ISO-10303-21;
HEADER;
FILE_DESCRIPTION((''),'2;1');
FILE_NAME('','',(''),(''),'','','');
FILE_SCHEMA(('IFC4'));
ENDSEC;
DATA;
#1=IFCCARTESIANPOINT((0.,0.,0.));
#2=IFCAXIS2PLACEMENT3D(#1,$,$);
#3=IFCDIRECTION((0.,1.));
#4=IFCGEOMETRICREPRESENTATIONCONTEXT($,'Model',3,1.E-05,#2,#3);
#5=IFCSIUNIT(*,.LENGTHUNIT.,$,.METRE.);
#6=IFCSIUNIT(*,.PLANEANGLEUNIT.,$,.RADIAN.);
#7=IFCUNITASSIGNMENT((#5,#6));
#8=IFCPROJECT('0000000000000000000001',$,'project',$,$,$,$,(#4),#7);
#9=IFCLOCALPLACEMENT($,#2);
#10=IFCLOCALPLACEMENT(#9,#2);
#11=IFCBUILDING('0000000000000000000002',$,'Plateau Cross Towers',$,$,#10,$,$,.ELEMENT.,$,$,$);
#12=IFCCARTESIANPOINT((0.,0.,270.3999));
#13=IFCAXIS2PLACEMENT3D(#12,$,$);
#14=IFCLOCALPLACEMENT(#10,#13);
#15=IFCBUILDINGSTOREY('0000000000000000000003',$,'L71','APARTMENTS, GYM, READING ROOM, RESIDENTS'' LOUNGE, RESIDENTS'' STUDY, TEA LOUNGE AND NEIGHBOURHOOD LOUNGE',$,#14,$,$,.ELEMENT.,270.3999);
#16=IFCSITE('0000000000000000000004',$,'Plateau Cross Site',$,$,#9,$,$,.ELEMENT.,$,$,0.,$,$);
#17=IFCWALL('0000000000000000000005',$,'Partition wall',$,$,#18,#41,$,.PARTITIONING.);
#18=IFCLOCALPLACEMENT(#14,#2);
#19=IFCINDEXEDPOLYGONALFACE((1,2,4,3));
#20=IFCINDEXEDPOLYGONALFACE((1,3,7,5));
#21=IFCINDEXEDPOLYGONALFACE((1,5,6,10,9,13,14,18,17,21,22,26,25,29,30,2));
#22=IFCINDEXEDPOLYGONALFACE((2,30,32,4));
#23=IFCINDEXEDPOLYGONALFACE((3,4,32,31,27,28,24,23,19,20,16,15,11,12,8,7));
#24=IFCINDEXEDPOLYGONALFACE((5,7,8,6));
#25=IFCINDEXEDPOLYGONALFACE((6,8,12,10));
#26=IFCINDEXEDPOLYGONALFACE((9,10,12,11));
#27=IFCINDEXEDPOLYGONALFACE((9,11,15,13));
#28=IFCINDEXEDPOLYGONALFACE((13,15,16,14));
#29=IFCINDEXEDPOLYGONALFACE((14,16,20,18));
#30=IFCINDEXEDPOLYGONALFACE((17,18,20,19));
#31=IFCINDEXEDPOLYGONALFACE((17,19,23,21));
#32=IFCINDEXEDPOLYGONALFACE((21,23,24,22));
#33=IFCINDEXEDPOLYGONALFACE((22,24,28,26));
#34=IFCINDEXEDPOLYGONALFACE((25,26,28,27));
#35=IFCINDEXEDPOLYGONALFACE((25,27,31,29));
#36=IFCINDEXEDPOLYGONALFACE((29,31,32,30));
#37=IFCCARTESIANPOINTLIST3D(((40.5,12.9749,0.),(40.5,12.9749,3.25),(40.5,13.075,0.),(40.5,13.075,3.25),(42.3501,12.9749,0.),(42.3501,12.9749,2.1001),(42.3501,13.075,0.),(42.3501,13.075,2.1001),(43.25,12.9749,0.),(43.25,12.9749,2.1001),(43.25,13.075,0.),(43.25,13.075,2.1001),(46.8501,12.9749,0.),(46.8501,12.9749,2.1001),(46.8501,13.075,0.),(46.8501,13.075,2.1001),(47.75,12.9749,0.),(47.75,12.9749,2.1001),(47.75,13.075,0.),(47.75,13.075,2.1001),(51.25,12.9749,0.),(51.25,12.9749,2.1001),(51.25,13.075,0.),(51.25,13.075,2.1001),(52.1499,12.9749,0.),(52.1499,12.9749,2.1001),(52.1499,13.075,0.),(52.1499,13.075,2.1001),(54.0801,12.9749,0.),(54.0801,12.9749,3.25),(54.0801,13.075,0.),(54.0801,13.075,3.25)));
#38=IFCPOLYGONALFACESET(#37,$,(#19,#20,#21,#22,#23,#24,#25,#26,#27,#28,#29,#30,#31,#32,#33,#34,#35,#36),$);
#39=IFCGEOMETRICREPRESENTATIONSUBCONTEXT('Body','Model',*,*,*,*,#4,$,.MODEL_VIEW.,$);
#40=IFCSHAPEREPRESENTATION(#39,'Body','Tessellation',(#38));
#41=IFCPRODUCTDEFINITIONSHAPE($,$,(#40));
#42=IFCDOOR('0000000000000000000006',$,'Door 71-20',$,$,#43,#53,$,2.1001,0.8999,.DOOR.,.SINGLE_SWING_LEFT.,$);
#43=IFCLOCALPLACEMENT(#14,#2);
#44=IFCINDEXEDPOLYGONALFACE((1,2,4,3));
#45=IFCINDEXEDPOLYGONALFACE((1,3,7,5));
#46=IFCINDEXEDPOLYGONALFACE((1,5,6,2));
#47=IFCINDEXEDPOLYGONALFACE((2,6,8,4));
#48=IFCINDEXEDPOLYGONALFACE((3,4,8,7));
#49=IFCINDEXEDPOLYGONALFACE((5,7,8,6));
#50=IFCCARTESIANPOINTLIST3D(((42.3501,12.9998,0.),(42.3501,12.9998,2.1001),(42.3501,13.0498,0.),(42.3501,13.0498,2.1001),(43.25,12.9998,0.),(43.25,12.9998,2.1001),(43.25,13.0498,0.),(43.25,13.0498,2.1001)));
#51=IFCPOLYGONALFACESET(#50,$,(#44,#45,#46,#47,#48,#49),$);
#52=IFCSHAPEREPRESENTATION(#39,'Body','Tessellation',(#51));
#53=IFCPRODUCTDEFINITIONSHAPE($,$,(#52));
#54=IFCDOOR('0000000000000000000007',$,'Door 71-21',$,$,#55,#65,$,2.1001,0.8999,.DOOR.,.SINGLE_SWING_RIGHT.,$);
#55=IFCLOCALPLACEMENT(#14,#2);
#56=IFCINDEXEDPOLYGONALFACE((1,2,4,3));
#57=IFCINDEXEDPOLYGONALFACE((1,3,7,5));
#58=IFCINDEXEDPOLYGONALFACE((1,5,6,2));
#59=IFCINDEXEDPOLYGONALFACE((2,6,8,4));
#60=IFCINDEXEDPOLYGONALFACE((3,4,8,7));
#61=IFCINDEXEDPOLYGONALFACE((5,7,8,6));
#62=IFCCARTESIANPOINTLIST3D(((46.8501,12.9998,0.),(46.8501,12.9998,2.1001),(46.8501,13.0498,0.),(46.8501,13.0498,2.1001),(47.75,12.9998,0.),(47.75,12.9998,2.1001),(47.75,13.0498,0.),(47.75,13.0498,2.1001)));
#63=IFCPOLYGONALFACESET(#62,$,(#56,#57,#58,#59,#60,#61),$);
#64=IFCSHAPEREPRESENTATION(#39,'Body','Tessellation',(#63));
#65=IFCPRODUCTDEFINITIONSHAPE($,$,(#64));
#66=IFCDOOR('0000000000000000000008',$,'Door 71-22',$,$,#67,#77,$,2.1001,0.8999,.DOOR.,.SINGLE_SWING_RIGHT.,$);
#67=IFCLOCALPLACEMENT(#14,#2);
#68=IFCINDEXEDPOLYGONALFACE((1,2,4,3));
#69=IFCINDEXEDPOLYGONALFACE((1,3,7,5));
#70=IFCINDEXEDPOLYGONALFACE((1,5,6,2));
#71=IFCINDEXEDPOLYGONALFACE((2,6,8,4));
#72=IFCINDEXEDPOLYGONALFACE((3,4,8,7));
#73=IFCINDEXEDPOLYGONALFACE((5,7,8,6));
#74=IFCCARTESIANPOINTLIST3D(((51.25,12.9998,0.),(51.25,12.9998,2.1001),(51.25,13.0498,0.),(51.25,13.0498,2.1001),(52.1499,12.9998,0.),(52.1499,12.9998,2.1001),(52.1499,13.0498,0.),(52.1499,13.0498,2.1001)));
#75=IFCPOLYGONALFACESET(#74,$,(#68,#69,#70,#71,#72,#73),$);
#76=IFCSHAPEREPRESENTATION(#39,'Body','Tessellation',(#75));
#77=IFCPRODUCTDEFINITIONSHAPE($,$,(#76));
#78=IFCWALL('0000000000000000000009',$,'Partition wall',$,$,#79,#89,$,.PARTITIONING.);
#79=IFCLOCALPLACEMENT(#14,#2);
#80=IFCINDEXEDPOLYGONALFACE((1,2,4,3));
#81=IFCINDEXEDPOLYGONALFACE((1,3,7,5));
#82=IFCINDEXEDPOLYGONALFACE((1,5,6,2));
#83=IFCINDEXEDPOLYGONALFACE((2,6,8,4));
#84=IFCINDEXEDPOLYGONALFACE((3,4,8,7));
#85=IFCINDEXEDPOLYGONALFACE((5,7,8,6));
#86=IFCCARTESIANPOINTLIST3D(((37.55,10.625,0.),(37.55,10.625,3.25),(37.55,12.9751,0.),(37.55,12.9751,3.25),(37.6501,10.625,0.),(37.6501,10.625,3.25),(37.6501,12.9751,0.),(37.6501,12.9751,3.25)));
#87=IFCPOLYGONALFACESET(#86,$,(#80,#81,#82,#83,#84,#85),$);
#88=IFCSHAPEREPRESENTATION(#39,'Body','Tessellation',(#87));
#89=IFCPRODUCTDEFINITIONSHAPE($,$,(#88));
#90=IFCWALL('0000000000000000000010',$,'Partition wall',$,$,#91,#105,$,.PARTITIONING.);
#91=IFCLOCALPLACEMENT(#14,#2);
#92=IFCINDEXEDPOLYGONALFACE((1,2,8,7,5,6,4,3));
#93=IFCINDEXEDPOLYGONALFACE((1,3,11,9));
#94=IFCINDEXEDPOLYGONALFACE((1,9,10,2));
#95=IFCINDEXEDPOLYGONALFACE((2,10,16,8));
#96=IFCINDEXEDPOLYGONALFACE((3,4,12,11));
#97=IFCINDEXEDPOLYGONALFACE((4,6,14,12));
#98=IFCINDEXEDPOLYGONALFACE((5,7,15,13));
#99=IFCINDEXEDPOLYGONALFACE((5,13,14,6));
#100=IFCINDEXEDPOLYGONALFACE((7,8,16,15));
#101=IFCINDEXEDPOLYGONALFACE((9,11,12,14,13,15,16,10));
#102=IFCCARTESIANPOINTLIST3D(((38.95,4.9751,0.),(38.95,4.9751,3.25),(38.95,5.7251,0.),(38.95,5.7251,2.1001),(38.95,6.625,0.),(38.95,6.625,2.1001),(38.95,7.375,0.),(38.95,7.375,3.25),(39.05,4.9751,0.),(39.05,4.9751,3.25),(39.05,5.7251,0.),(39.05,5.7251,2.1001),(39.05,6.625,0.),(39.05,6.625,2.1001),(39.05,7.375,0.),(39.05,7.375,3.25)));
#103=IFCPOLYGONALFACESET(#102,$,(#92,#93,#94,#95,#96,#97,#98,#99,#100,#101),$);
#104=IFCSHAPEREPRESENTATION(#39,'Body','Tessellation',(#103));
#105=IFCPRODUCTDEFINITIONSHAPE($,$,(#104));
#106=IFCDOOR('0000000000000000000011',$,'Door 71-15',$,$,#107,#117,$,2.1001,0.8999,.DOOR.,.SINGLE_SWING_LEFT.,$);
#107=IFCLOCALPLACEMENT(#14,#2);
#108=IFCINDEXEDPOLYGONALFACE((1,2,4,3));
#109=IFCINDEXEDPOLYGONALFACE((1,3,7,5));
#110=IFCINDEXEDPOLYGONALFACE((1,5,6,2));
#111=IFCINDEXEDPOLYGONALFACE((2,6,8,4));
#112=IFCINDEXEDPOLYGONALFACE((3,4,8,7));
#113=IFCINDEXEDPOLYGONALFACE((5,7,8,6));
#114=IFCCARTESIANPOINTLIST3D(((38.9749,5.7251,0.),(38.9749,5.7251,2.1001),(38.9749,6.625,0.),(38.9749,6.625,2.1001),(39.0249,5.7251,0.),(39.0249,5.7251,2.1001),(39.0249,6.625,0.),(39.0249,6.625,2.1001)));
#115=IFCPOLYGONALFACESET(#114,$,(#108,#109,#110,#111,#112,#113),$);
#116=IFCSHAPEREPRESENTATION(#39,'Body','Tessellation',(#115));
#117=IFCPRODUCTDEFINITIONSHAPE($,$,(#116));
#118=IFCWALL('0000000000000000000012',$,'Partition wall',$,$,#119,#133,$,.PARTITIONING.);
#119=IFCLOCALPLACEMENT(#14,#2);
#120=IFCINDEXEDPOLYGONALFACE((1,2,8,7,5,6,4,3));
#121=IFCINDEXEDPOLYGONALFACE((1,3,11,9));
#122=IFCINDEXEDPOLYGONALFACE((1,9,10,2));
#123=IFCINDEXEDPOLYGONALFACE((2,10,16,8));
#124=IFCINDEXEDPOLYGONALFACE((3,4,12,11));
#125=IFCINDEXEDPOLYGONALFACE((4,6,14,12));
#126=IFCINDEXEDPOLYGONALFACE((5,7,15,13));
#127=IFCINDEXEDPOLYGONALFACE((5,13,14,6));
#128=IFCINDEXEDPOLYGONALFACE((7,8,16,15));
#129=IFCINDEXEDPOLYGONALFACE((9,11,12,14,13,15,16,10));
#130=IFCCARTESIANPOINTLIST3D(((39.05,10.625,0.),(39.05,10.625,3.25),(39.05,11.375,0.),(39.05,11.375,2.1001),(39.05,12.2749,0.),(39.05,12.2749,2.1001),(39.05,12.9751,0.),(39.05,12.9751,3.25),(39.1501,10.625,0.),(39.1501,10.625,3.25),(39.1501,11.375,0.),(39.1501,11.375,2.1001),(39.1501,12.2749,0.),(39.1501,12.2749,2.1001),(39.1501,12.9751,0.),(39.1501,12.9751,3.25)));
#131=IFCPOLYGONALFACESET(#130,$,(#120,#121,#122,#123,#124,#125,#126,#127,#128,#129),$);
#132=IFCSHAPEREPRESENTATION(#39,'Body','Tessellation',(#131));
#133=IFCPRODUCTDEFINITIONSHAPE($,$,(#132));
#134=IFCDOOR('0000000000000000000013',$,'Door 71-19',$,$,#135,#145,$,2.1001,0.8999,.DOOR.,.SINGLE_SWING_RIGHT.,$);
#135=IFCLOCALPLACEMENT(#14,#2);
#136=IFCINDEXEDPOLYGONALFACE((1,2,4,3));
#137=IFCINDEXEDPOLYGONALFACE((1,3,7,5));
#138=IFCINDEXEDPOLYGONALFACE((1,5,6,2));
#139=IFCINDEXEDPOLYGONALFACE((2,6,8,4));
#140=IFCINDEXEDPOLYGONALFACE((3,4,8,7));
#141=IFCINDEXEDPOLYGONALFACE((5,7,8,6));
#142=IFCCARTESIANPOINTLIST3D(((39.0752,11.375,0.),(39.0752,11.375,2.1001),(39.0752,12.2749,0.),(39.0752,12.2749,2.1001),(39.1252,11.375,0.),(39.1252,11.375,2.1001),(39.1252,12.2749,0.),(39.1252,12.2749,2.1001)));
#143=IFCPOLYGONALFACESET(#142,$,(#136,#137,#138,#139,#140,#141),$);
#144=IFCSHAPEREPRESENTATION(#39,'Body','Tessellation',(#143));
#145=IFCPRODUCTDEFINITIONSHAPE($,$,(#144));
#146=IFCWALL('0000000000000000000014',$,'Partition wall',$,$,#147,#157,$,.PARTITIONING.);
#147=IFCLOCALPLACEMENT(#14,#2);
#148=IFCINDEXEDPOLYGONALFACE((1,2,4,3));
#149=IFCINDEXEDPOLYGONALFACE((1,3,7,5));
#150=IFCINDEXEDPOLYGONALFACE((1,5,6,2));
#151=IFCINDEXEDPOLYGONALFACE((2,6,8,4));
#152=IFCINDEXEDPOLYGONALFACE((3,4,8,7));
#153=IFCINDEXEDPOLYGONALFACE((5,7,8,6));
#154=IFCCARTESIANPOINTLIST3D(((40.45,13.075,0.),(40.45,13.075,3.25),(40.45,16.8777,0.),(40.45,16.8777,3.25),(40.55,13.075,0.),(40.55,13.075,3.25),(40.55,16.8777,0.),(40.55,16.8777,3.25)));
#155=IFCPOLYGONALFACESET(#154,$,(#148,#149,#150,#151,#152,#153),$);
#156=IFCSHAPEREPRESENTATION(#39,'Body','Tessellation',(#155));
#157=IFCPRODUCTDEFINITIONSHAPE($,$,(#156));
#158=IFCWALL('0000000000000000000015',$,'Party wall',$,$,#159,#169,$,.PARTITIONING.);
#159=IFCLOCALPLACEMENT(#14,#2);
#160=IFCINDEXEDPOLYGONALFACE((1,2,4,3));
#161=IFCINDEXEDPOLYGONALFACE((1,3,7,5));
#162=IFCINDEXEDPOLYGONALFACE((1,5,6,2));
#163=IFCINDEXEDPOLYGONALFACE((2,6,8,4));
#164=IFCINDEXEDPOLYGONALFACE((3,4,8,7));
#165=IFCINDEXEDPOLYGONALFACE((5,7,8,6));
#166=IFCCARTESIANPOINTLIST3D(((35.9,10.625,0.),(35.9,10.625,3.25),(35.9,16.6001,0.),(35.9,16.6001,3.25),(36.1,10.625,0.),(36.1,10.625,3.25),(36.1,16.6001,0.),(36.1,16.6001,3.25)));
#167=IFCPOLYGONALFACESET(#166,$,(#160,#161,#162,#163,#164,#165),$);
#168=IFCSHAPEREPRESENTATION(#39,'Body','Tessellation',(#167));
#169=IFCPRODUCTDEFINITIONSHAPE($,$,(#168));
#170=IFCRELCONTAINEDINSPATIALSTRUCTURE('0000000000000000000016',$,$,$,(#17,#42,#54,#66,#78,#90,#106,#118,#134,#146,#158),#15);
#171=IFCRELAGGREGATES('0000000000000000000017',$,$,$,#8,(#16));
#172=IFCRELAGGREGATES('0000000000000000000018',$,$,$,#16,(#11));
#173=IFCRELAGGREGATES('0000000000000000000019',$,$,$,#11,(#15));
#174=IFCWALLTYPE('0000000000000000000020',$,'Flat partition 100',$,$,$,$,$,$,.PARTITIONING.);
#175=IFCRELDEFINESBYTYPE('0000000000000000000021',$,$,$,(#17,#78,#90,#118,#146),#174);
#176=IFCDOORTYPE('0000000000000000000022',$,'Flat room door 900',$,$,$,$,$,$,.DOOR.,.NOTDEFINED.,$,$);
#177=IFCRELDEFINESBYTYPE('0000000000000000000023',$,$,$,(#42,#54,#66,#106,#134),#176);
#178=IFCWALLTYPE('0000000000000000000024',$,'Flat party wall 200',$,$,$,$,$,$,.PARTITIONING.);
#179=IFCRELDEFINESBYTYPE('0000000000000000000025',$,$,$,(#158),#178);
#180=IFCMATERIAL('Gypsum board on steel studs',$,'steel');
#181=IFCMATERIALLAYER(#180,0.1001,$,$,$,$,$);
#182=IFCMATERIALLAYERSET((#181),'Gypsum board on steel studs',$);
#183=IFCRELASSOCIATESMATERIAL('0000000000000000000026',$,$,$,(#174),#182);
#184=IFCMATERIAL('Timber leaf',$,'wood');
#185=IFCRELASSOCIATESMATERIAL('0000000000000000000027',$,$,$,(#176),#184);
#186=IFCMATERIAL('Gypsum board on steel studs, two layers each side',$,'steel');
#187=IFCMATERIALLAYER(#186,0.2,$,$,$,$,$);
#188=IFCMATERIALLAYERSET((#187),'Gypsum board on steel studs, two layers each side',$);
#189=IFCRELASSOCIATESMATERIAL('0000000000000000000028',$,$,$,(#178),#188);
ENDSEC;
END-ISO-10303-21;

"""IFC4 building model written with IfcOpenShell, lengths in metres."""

from ifc_helpers import new_model, si_unit, direction, frame, frame_2d, origin, place, context, subcontext, project, spatial, rectangle, extrude, material, layer, layer_set, type_object, element, fill, save


model = new_model("IFC4")

# Units and contexts
model_context = context("Model", 3, precision=1e-05, world=origin(), true_north=direction((0.0, 1.0)))
body_context = subcontext(model_context, "Body", "Model", "MODEL_VIEW")
ifc_project = project(units=[si_unit("LENGTHUNIT", "METRE"), si_unit("PLANEANGLEUNIT", "RADIAN")], contexts=[model_context])

# Site, building, storey
site_placement = place(None, origin())
site = spatial("IfcSite", under=ifc_project, at=site_placement, Name="Plateau Cross Site", CompositionType="ELEMENT", RefElevation=0.0)
building_placement = place(site_placement, origin())
building = spatial("IfcBuilding", under=site, at=building_placement, Name="Plateau Cross Towers", CompositionType="ELEMENT")
storey_placement = place(building_placement, frame((0.0, 0.0, 270.3999)))
storey = spatial("IfcBuildingStorey", under=building, at=storey_placement, Name="L71", Description="APARTMENTS, GYM, READING ROOM, RESIDENTS' LOUNGE, RESIDENTS' STUDY, TEA LOUNGE AND NEIGHBOURHOOD LOUNGE", CompositionType="ELEMENT", Elevation=270.3999)

# Shared definitions
ifc_material_1 = material(Name="Gypsum board on steel studs", Category="steel")
ifc_layer_1 = layer(ifc_material_1, 0.1001)
ifc_layer_set_1 = layer_set([ifc_layer_1], Name="Gypsum board on steel studs")
wall_type_1 = type_object("IfcWallType", Name="Flat partition 100", PredefinedType="PARTITIONING", material=ifc_layer_set_1)
ifc_material_2 = material(Name="Timber leaf", Category="wood")
door_type_1 = type_object("IfcDoorType", Name="Flat room door 900", OperationType="NOTDEFINED", PredefinedType="DOOR", material=ifc_material_2)

# Wall, openings, doors
wall_1_placement = place(storey_placement, frame((40.5, 13.0249, 0.0), z_axis=(0.0, 0.0, 1.0), x_axis=(1.0, 0.0, 0.0)))
wall_1 = element("IfcWall", 1, at=wall_1_placement, inside=storey, type_object=wall_type_1, Name="Partition wall", PredefinedType="PARTITIONING", context=body_context, shape_type="SweptSolid", body=[
    extrude(rectangle(XDim=13.5801, YDim=0.1001, at=frame_2d((6.79, 0.0))), origin(), (0.0, 0.0, 1.0), 3.25),
])
opening_1_placement = place(wall_1_placement, frame((1.8501, 0.0, 0.0)))
opening_1 = element("IfcOpeningElement", 2, at=opening_1_placement, cuts=wall_1, PredefinedType="OPENING", context=body_context, shape_type="SweptSolid", body=[
    extrude(rectangle(XDim=0.8999, YDim=2.1001, at=frame_2d((0.45, 1.05))), frame((0.0, 0.0601, 0.0), z_axis=(0.0, -1.0, 0.0), x_axis=(1.0, 0.0, 0.0)), (0.0, 0.0, 1.0), 0.1201),
])
opening_2_placement = place(wall_1_placement, frame((6.3501, 0.0, 0.0)))
opening_2 = element("IfcOpeningElement", 3, at=opening_2_placement, cuts=wall_1, PredefinedType="OPENING", context=body_context, shape_type="SweptSolid", body=[
    extrude(rectangle(XDim=0.8999, YDim=2.1001, at=frame_2d((0.45, 1.05))), frame((0.0, 0.0601, 0.0), z_axis=(0.0, -1.0, 0.0), x_axis=(1.0, 0.0, 0.0)), (0.0, 0.0, 1.0), 0.1201),
])
opening_3_placement = place(wall_1_placement, frame((10.75, 0.0, 0.0)))
opening_3 = element("IfcOpeningElement", 4, at=opening_3_placement, cuts=wall_1, PredefinedType="OPENING", context=body_context, shape_type="SweptSolid", body=[
    extrude(rectangle(XDim=0.8999, YDim=2.1001, at=frame_2d((0.45, 1.05))), frame((0.0, 0.0601, 0.0), z_axis=(0.0, -1.0, 0.0), x_axis=(1.0, 0.0, 0.0)), (0.0, 0.0, 1.0), 0.1201),
])
door_1_placement = place(opening_1_placement, origin())
door_1 = element("IfcDoor", 5, at=door_1_placement, inside=storey, type_object=door_type_1, Name="Door 71-20", OperationType="SINGLE_SWING_LEFT", OverallHeight=2.1001, OverallWidth=0.8999, PredefinedType="DOOR", context=body_context, shape_type="SweptSolid", body=[
    extrude(rectangle(XDim=0.8999, YDim=2.1001, at=frame_2d((0.45, 1.05))), frame((0.0, 0.0249, 0.0), z_axis=(0.0, -1.0, 0.0), x_axis=(1.0, 0.0, 0.0)), (0.0, 0.0, 1.0), 0.05),
])
fill(opening_1, door_1)
door_2_placement = place(opening_2_placement, origin())
door_2 = element("IfcDoor", 6, at=door_2_placement, inside=storey, type_object=door_type_1, Name="Door 71-21", OperationType="SINGLE_SWING_RIGHT", OverallHeight=2.1001, OverallWidth=0.8999, PredefinedType="DOOR", context=body_context, shape_type="SweptSolid", body=[
    extrude(rectangle(XDim=0.8999, YDim=2.1001, at=frame_2d((0.45, 1.05))), frame((0.0, 0.0249, 0.0), z_axis=(0.0, -1.0, 0.0), x_axis=(1.0, 0.0, 0.0)), (0.0, 0.0, 1.0), 0.05),
])
fill(opening_2, door_2)
door_3_placement = place(opening_3_placement, origin())
door_3 = element("IfcDoor", 7, at=door_3_placement, inside=storey, type_object=door_type_1, Name="Door 71-22", OperationType="SINGLE_SWING_RIGHT", OverallHeight=2.1001, OverallWidth=0.8999, PredefinedType="DOOR", context=body_context, shape_type="SweptSolid", body=[
    extrude(rectangle(XDim=0.8999, YDim=2.1001, at=frame_2d((0.45, 1.05))), frame((0.0, 0.0249, 0.0), z_axis=(0.0, -1.0, 0.0), x_axis=(1.0, 0.0, 0.0)), (0.0, 0.0, 1.0), 0.05),
])
fill(opening_3, door_3)

# Wall
wall_2_placement = place(storey_placement, frame((37.6001, 10.625, 0.0), z_axis=(0.0, 0.0, 1.0), x_axis=(0.0, 1.0, 0.0)))
element("IfcWall", 8, at=wall_2_placement, inside=storey, type_object=wall_type_1, Name="Partition wall", PredefinedType="PARTITIONING", context=body_context, shape_type="SweptSolid", body=[
    extrude(rectangle(XDim=2.3501, YDim=0.1001, at=frame_2d((1.175, 0.0))), origin(), (0.0, 0.0, 1.0), 3.25),
])

# Walls, openings, doors
wall_3_placement = place(storey_placement, frame((39.0, 7.375, 0.0), z_axis=(0.0, 0.0, 1.0), x_axis=(0.0, -1.0, 0.0)))
wall_3 = element("IfcWall", 9, at=wall_3_placement, inside=storey, type_object=wall_type_1, Name="Partition wall", PredefinedType="PARTITIONING", context=body_context, shape_type="SweptSolid", body=[
    extrude(rectangle(XDim=2.3999, YDim=0.1001, at=frame_2d((1.2, 0.0))), origin(), (0.0, 0.0, 1.0), 3.25),
])
opening_4_placement = place(wall_3_placement, frame((0.75, 0.0, 0.0)))
opening_4 = element("IfcOpeningElement", 10, at=opening_4_placement, cuts=wall_3, PredefinedType="OPENING", context=body_context, shape_type="SweptSolid", body=[
    extrude(rectangle(XDim=0.8999, YDim=2.1001, at=frame_2d((0.45, 1.05))), frame((0.0, 0.0601, 0.0), z_axis=(0.0, -1.0, 0.0), x_axis=(1.0, 0.0, 0.0)), (0.0, 0.0, 1.0), 0.1201),
])
door_4_placement = place(opening_4_placement, origin())
door_4 = element("IfcDoor", 11, at=door_4_placement, inside=storey, type_object=door_type_1, Name="Door 71-15", OperationType="SINGLE_SWING_LEFT", OverallHeight=2.1001, OverallWidth=0.8999, PredefinedType="DOOR", context=body_context, shape_type="SweptSolid", body=[
    extrude(rectangle(XDim=0.8999, YDim=2.1001, at=frame_2d((0.45, 1.05))), frame((0.0, 0.0249, 0.0), z_axis=(0.0, -1.0, 0.0), x_axis=(1.0, 0.0, 0.0)), (0.0, 0.0, 1.0), 0.05),
])
fill(opening_4, door_4)
wall_4_placement = place(storey_placement, frame((39.1001, 10.625, 0.0), z_axis=(0.0, 0.0, 1.0), x_axis=(0.0, 1.0, 0.0)))
wall_4 = element("IfcWall", 12, at=wall_4_placement, inside=storey, type_object=wall_type_1, Name="Partition wall", PredefinedType="PARTITIONING", context=body_context, shape_type="SweptSolid", body=[
    extrude(rectangle(XDim=2.3501, YDim=0.1001, at=frame_2d((1.175, 0.0))), origin(), (0.0, 0.0, 1.0), 3.25),
])
opening_5_placement = place(wall_4_placement, frame((0.75, 0.0, 0.0)))
opening_5 = element("IfcOpeningElement", 13, at=opening_5_placement, cuts=wall_4, PredefinedType="OPENING", context=body_context, shape_type="SweptSolid", body=[
    extrude(rectangle(XDim=0.8999, YDim=2.1001, at=frame_2d((0.45, 1.05))), frame((0.0, 0.0601, 0.0), z_axis=(0.0, -1.0, 0.0), x_axis=(1.0, 0.0, 0.0)), (0.0, 0.0, 1.0), 0.1201),
])
door_5_placement = place(opening_5_placement, origin())
door_5 = element("IfcDoor", 14, at=door_5_placement, inside=storey, type_object=door_type_1, Name="Door 71-19", OperationType="SINGLE_SWING_RIGHT", OverallHeight=2.1001, OverallWidth=0.8999, PredefinedType="DOOR", context=body_context, shape_type="SweptSolid", body=[
    extrude(rectangle(XDim=0.8999, YDim=2.1001, at=frame_2d((0.45, 1.05))), frame((0.0, 0.0249, 0.0), z_axis=(0.0, -1.0, 0.0), x_axis=(1.0, 0.0, 0.0)), (0.0, 0.0, 1.0), 0.05),
])
fill(opening_5, door_5)

# Walls
wall_5_placement = place(storey_placement, frame((40.5, 16.8777, 0.0), z_axis=(0.0, 0.0, 1.0), x_axis=(0.0, -1.0, 0.0)))
element("IfcWall", 15, at=wall_5_placement, inside=storey, type_object=wall_type_1, Name="Partition wall", PredefinedType="PARTITIONING", context=body_context, shape_type="SweptSolid", body=[
    extrude(rectangle(XDim=3.8027, YDim=0.1001, at=frame_2d((1.9014, 0.0))), origin(), (0.0, 0.0, 1.0), 3.25),
])
ifc_material_3 = material(Name="Gypsum board on steel studs, two layers each side", Category="steel")
ifc_layer_2 = layer(ifc_material_3, 0.2)
ifc_layer_set_2 = layer_set([ifc_layer_2], Name="Gypsum board on steel studs, two layers each side")
wall_type_2 = type_object("IfcWallType", Name="Flat party wall 200", PredefinedType="PARTITIONING", material=ifc_layer_set_2)
wall_6_placement = place(storey_placement, frame((36.0, 10.625, 0.0), z_axis=(0.0, 0.0, 1.0), x_axis=(0.0, 1.0, 0.0)))
element("IfcWall", 16, at=wall_6_placement, inside=storey, type_object=wall_type_2, Name="Party wall", PredefinedType="PARTITIONING", context=body_context, shape_type="SweptSolid", body=[
    extrude(rectangle(XDim=5.9751, YDim=0.2, at=frame_2d((2.9875, 0.0))), origin(), (0.0, 0.0, 1.0), 3.25),
])

save(model, "model.ifc")
